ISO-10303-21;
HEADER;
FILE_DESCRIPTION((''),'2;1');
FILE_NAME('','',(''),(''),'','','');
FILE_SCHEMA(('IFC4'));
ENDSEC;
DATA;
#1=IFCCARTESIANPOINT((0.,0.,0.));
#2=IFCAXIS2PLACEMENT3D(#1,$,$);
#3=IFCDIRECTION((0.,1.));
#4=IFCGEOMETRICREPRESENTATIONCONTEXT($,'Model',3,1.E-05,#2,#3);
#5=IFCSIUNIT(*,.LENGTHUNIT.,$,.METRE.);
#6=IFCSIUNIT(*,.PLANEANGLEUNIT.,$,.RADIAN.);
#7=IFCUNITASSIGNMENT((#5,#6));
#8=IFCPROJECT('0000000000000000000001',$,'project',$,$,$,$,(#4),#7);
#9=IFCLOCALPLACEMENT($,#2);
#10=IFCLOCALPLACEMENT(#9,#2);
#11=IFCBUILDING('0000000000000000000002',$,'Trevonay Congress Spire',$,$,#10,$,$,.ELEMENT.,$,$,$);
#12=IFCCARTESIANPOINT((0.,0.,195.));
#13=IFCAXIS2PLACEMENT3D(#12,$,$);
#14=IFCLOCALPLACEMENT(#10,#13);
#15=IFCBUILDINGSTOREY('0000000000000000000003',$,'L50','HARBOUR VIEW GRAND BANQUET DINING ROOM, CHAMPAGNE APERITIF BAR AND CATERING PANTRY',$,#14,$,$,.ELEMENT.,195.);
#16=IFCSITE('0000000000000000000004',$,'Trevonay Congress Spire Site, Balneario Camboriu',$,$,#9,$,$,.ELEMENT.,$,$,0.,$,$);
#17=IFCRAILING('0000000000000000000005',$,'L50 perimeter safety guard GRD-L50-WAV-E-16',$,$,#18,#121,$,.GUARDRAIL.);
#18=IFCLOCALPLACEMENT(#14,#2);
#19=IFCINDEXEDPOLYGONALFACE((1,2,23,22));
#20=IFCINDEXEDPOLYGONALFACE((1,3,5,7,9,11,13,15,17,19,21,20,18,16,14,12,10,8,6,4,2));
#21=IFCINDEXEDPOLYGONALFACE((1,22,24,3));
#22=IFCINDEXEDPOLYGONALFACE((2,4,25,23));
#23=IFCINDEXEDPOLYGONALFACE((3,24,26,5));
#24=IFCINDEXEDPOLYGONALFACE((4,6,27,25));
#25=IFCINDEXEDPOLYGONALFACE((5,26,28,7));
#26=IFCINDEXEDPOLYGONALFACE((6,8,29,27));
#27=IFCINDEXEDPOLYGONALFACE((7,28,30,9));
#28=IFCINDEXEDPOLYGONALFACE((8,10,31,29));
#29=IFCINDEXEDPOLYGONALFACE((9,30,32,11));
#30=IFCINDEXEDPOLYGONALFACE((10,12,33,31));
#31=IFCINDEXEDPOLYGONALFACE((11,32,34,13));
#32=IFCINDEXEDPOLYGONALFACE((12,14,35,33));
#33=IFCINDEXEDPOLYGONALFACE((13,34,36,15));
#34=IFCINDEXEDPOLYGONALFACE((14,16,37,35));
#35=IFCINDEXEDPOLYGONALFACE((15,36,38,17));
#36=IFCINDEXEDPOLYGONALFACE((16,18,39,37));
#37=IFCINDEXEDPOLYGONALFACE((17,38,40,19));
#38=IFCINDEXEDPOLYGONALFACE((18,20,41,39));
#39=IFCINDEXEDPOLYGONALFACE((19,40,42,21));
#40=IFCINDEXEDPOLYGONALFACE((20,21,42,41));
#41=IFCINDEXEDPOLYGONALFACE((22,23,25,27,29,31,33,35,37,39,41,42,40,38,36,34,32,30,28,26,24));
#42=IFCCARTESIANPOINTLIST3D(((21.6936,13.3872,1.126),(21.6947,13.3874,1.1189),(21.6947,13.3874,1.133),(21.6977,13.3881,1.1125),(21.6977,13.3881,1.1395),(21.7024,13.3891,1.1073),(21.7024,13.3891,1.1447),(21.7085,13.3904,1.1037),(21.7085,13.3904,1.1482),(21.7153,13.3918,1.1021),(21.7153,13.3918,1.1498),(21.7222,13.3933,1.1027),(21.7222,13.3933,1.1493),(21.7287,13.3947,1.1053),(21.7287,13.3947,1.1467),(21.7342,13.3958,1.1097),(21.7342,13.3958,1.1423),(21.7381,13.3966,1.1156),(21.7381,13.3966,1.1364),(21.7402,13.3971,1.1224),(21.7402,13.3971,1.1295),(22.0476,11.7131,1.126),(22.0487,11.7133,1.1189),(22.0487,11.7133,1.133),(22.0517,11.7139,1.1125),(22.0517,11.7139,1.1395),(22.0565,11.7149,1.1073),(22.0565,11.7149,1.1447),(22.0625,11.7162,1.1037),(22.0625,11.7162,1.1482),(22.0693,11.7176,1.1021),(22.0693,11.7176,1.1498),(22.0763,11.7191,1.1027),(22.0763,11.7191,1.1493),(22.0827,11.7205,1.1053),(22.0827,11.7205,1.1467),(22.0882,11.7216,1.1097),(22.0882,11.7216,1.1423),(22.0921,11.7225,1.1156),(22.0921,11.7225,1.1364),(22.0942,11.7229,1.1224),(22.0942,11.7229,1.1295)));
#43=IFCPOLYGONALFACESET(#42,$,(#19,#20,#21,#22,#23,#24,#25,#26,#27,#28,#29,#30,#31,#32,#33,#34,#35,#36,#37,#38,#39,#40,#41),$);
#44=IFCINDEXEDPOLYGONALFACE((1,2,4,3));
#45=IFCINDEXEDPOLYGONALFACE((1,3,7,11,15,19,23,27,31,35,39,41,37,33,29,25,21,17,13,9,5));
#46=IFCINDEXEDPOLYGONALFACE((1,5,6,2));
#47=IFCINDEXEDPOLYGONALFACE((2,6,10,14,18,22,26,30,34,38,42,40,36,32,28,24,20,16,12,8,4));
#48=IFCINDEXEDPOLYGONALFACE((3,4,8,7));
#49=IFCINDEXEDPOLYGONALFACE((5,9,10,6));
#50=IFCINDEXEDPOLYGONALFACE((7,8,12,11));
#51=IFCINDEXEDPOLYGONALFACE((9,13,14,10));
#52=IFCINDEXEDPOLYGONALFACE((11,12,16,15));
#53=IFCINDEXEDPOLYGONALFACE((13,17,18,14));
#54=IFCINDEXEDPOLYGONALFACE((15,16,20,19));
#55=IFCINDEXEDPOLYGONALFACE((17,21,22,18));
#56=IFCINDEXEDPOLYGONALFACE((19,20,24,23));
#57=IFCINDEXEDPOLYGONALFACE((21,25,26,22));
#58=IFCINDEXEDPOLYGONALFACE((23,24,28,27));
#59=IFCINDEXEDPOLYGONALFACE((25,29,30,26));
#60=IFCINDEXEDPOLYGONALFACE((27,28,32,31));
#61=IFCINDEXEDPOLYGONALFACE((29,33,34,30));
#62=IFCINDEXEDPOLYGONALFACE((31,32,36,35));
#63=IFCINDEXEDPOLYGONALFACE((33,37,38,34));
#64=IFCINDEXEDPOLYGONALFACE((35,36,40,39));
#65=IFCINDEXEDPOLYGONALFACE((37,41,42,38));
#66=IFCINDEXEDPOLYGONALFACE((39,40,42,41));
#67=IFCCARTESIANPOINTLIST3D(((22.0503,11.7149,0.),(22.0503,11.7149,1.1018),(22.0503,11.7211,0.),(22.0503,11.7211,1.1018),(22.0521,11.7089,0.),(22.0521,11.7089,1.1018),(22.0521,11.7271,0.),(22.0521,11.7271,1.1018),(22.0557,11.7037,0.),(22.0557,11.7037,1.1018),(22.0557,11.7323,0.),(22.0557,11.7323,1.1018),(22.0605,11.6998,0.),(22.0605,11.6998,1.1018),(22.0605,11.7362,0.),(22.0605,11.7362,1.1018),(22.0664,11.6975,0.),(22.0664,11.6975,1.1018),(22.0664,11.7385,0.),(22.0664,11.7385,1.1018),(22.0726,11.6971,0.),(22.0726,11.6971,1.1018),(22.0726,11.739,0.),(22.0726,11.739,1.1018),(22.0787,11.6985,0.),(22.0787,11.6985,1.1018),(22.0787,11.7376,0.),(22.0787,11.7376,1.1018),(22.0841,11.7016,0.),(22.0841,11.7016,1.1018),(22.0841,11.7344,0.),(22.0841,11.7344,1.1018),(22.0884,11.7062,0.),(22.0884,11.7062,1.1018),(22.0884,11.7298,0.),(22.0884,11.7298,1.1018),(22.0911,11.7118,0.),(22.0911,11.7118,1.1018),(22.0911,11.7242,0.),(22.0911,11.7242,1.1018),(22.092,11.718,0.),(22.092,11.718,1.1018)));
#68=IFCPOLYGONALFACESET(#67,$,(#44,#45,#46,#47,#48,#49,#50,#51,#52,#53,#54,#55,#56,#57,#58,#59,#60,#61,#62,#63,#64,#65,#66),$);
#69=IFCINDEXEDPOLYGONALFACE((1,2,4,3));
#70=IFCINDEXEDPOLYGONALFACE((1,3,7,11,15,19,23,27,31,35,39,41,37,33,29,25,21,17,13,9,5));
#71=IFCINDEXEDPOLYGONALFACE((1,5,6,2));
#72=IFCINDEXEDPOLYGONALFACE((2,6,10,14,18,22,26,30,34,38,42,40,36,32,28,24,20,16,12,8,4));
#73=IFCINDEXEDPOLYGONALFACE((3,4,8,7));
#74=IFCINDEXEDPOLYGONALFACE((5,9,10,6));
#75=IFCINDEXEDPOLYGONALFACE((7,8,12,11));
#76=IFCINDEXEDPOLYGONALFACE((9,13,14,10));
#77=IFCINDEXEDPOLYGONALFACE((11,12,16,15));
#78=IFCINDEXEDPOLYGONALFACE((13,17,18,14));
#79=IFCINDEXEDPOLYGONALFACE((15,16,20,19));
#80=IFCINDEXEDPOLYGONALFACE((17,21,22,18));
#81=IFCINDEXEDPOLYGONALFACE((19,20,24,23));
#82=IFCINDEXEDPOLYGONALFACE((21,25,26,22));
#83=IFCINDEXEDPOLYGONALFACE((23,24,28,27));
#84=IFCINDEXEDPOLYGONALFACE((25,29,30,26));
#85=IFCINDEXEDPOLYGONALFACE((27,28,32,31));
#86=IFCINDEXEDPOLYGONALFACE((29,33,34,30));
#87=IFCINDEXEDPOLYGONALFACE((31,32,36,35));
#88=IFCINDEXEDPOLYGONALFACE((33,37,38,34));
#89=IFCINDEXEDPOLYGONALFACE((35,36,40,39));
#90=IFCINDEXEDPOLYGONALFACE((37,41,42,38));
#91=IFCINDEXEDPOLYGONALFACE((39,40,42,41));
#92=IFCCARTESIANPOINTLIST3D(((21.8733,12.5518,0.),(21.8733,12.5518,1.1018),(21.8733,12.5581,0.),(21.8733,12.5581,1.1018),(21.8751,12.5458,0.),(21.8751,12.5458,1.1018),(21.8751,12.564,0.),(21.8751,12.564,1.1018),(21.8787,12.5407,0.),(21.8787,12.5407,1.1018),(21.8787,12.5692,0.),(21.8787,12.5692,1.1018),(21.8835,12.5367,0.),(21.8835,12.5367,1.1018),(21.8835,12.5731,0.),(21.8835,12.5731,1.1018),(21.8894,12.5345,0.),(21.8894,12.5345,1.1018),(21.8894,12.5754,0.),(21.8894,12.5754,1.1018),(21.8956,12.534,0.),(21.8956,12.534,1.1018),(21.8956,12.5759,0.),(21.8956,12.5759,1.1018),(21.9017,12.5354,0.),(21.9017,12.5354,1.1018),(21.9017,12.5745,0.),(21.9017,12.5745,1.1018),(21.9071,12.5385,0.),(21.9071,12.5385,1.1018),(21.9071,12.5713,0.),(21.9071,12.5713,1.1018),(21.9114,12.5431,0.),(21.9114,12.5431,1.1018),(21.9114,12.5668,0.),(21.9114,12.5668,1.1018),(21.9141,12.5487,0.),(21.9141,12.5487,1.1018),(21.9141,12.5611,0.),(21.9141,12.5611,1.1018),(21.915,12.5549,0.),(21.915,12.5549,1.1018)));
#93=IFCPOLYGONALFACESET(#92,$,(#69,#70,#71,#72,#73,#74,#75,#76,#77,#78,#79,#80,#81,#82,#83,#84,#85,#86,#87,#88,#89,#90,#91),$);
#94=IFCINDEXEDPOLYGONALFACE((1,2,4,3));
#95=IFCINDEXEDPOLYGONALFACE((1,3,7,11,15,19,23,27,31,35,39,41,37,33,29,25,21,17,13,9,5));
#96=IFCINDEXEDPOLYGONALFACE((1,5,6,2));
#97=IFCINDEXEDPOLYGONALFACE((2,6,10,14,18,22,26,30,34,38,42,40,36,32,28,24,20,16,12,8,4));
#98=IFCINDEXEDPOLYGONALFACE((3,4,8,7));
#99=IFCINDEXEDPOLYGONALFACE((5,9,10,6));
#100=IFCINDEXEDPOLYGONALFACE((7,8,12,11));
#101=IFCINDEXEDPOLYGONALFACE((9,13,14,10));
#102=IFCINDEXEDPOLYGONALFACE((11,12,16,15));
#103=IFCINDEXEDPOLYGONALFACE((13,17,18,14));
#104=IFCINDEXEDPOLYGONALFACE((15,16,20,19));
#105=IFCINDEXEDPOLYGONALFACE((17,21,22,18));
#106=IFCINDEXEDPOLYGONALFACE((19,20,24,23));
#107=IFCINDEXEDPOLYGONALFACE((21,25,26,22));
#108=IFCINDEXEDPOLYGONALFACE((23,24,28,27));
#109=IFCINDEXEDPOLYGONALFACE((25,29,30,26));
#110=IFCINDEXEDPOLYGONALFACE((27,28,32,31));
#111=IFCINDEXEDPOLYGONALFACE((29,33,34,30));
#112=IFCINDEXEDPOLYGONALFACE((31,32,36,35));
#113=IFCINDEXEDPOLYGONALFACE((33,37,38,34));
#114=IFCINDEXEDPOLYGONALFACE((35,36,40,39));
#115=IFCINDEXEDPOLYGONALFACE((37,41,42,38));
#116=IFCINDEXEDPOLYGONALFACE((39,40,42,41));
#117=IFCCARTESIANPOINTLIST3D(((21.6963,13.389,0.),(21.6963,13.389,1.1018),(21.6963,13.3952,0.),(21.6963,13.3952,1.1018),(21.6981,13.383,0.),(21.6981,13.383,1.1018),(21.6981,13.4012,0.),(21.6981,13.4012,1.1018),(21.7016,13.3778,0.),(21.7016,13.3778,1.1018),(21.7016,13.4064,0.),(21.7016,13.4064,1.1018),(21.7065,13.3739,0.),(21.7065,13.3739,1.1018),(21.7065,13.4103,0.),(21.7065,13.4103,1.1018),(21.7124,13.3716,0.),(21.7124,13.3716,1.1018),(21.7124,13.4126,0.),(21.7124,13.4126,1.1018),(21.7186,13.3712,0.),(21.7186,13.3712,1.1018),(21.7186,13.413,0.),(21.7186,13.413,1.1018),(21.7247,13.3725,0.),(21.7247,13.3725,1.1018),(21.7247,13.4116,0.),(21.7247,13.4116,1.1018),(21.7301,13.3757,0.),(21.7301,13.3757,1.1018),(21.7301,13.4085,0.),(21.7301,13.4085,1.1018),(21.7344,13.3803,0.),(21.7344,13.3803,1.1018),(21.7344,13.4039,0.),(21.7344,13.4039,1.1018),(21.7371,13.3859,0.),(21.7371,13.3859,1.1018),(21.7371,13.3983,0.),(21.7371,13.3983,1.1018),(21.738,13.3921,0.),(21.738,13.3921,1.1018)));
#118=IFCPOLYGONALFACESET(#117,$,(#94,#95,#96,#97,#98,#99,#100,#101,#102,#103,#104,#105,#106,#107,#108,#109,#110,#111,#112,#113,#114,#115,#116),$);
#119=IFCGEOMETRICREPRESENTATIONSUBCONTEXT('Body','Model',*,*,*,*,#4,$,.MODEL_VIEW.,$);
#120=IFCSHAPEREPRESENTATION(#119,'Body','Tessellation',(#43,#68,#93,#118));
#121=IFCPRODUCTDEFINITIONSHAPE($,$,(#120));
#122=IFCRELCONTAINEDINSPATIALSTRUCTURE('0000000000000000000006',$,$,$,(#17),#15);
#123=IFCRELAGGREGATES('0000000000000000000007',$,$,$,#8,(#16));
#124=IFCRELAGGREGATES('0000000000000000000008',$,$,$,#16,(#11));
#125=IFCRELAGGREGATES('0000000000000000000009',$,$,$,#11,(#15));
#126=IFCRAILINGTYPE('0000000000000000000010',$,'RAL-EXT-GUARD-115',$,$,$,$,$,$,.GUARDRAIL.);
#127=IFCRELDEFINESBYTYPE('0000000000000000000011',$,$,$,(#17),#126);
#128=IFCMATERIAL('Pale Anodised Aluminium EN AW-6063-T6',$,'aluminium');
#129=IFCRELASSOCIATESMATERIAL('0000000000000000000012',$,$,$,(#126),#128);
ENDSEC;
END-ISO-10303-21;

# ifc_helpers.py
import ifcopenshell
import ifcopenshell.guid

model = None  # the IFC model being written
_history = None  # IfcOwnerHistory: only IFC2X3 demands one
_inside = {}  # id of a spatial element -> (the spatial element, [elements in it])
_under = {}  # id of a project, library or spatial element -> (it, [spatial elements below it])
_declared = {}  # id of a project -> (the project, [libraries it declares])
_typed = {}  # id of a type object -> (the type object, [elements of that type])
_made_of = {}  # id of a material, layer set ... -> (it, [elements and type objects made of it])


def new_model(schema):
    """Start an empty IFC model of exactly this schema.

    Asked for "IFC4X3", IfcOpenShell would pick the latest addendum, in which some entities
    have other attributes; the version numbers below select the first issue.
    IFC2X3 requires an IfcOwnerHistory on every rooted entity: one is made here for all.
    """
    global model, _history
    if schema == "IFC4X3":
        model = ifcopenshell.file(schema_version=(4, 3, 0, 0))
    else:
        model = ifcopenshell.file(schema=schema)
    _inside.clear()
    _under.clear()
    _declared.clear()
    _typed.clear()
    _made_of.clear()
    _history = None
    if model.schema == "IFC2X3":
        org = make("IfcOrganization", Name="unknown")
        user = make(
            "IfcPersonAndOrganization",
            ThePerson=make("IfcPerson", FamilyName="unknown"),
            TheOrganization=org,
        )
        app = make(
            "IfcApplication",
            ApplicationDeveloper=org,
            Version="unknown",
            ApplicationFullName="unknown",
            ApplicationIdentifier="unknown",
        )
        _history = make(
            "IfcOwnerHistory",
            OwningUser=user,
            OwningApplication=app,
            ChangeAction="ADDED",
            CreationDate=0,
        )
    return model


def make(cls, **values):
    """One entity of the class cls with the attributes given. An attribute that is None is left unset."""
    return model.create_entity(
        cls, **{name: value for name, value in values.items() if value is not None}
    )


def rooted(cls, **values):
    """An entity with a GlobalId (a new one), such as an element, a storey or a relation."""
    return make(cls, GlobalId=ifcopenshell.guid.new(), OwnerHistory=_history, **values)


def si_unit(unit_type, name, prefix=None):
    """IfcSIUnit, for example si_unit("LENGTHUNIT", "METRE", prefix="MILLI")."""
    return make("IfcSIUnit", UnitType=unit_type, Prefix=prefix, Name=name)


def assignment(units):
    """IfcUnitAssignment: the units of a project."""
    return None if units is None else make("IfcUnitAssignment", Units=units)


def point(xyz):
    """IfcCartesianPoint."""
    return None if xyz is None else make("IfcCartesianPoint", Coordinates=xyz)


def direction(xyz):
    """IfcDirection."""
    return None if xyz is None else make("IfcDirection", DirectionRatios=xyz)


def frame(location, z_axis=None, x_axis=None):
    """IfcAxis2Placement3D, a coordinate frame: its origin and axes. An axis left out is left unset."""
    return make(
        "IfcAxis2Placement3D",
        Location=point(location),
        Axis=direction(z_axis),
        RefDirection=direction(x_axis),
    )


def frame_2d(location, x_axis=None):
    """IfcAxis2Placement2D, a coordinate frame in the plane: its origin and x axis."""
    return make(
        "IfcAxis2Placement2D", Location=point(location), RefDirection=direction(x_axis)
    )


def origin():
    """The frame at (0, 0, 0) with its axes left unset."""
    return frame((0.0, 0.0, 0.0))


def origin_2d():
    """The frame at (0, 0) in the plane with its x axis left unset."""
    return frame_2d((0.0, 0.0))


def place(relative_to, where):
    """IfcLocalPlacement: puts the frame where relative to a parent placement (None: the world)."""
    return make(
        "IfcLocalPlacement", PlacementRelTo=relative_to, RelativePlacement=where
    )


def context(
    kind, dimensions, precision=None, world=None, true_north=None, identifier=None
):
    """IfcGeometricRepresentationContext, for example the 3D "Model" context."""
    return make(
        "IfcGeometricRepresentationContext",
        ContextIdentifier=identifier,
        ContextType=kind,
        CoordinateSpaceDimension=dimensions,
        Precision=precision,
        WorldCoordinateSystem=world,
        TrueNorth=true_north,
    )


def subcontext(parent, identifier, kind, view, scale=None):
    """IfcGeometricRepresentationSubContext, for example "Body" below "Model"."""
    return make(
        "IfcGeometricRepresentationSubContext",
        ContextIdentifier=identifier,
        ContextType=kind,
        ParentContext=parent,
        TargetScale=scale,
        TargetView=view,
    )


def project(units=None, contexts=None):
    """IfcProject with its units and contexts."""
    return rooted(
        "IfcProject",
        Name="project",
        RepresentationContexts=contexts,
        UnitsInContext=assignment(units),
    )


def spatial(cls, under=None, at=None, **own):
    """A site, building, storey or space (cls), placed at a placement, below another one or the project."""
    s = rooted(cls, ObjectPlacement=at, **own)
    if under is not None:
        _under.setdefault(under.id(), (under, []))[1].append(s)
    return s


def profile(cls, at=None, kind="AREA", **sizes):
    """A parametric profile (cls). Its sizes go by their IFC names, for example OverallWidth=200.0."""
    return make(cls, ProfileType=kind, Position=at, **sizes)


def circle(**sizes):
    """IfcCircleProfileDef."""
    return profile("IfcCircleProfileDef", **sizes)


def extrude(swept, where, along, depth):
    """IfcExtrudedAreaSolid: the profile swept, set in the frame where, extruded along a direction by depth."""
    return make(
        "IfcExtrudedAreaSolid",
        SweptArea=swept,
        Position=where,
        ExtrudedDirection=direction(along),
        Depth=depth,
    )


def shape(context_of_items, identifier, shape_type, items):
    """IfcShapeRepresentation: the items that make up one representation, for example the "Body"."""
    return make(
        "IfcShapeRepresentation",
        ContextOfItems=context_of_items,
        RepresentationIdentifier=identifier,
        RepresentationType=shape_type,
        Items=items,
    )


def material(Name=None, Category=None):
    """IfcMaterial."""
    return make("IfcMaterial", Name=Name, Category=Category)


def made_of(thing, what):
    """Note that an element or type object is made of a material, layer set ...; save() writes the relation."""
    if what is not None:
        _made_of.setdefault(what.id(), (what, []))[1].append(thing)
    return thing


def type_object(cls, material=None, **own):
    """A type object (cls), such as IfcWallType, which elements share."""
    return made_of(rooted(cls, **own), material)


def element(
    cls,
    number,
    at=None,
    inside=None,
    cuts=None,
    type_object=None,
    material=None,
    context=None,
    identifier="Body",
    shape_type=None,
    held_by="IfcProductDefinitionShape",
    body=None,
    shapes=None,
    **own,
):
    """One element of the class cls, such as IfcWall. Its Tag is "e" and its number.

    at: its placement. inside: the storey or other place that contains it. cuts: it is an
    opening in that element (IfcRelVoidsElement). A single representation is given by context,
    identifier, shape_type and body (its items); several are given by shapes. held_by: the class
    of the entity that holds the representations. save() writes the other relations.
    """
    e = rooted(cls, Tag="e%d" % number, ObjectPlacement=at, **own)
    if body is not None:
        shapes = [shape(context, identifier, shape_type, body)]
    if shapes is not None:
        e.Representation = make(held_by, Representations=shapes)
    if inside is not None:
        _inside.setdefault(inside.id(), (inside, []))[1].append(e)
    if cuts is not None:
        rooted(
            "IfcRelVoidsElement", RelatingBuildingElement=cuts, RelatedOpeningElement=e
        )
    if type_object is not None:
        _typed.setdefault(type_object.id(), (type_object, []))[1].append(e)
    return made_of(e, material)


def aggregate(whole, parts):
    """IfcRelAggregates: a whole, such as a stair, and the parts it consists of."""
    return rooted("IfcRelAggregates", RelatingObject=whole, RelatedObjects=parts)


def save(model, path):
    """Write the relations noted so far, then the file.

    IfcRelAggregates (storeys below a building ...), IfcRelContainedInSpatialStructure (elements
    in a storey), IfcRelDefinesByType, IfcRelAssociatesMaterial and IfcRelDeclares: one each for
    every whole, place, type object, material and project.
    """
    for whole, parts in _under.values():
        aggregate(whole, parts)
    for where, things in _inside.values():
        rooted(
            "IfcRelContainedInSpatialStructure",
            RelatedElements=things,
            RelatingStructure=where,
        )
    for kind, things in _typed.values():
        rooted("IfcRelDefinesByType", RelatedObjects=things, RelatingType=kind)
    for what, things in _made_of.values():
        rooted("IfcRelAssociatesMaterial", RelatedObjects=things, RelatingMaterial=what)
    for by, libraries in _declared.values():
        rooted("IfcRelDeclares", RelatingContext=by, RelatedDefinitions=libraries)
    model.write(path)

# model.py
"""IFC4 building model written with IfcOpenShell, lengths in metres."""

from ifc_helpers import new_model, si_unit, direction, frame, origin, origin_2d, place, context, subcontext, project, spatial, circle, extrude, material, type_object, element, save


model = new_model("IFC4")

# Units and contexts
model_context = context("Model", 3, precision=1e-05, world=origin(), true_north=direction((0.0, 1.0)))
body_context = subcontext(model_context, "Body", "Model", "MODEL_VIEW")
ifc_project = project(units=[si_unit("LENGTHUNIT", "METRE"), si_unit("PLANEANGLEUNIT", "RADIAN")], contexts=[model_context])

# Site, building, storey
site_placement = place(None, origin())
site = spatial("IfcSite", under=ifc_project, at=site_placement, Name="Trevonay Congress Spire Site, Balneario Camboriu", CompositionType="ELEMENT", RefElevation=0.0)
building_placement = place(site_placement, origin())
building = spatial("IfcBuilding", under=site, at=building_placement, Name="Trevonay Congress Spire", CompositionType="ELEMENT")
storey_placement = place(building_placement, frame((0.0, 0.0, 195.0)))
storey = spatial("IfcBuildingStorey", under=building, at=storey_placement, Name="L50", Description="HARBOUR VIEW GRAND BANQUET DINING ROOM, CHAMPAGNE APERITIF BAR AND CATERING PANTRY", CompositionType="ELEMENT", Elevation=195.0)

# Shared definitions
ifc_material_1 = material(Name="Pale Anodised Aluminium EN AW-6063-T6", Category="aluminium")

# Railing
railing_type = type_object("IfcRailingType", Name="RAL-EXT-GUARD-115", PredefinedType="GUARDRAIL", material=ifc_material_1)
railing_1_placement = place(storey_placement, frame((22.071, 11.718, 0.0)))
element("IfcRailing", 1, at=railing_1_placement, inside=storey, type_object=railing_type, Name="L50 perimeter safety guard GRD-L50-WAV-E-16", PredefinedType="GUARDRAIL", context=body_context, shape_type="SweptSolid", body=[
    extrude(circle(Radius=0.0239, at=origin_2d()), frame((0.0, 0.0, 1.126), z_axis=(-0.206888, 0.978365, 0.0), x_axis=(-0.978365, -0.206888, 0.0)), (0.0, 0.0, 1.0), 1.7112),
    extrude(circle(Radius=0.021, at=origin_2d()), origin(), (0.0, 0.0, 1.0), 1.1018),
    extrude(circle(Radius=0.021, at=origin_2d()), frame((-0.177, 0.8369, 0.0)), (0.0, 0.0, 1.0), 1.1018),
    extrude(circle(Radius=0.021, at=origin_2d()), frame((-0.354, 1.6741, 0.0)), (0.0, 0.0, 1.0), 1.1018),
])

save(model, "model.ifc")
